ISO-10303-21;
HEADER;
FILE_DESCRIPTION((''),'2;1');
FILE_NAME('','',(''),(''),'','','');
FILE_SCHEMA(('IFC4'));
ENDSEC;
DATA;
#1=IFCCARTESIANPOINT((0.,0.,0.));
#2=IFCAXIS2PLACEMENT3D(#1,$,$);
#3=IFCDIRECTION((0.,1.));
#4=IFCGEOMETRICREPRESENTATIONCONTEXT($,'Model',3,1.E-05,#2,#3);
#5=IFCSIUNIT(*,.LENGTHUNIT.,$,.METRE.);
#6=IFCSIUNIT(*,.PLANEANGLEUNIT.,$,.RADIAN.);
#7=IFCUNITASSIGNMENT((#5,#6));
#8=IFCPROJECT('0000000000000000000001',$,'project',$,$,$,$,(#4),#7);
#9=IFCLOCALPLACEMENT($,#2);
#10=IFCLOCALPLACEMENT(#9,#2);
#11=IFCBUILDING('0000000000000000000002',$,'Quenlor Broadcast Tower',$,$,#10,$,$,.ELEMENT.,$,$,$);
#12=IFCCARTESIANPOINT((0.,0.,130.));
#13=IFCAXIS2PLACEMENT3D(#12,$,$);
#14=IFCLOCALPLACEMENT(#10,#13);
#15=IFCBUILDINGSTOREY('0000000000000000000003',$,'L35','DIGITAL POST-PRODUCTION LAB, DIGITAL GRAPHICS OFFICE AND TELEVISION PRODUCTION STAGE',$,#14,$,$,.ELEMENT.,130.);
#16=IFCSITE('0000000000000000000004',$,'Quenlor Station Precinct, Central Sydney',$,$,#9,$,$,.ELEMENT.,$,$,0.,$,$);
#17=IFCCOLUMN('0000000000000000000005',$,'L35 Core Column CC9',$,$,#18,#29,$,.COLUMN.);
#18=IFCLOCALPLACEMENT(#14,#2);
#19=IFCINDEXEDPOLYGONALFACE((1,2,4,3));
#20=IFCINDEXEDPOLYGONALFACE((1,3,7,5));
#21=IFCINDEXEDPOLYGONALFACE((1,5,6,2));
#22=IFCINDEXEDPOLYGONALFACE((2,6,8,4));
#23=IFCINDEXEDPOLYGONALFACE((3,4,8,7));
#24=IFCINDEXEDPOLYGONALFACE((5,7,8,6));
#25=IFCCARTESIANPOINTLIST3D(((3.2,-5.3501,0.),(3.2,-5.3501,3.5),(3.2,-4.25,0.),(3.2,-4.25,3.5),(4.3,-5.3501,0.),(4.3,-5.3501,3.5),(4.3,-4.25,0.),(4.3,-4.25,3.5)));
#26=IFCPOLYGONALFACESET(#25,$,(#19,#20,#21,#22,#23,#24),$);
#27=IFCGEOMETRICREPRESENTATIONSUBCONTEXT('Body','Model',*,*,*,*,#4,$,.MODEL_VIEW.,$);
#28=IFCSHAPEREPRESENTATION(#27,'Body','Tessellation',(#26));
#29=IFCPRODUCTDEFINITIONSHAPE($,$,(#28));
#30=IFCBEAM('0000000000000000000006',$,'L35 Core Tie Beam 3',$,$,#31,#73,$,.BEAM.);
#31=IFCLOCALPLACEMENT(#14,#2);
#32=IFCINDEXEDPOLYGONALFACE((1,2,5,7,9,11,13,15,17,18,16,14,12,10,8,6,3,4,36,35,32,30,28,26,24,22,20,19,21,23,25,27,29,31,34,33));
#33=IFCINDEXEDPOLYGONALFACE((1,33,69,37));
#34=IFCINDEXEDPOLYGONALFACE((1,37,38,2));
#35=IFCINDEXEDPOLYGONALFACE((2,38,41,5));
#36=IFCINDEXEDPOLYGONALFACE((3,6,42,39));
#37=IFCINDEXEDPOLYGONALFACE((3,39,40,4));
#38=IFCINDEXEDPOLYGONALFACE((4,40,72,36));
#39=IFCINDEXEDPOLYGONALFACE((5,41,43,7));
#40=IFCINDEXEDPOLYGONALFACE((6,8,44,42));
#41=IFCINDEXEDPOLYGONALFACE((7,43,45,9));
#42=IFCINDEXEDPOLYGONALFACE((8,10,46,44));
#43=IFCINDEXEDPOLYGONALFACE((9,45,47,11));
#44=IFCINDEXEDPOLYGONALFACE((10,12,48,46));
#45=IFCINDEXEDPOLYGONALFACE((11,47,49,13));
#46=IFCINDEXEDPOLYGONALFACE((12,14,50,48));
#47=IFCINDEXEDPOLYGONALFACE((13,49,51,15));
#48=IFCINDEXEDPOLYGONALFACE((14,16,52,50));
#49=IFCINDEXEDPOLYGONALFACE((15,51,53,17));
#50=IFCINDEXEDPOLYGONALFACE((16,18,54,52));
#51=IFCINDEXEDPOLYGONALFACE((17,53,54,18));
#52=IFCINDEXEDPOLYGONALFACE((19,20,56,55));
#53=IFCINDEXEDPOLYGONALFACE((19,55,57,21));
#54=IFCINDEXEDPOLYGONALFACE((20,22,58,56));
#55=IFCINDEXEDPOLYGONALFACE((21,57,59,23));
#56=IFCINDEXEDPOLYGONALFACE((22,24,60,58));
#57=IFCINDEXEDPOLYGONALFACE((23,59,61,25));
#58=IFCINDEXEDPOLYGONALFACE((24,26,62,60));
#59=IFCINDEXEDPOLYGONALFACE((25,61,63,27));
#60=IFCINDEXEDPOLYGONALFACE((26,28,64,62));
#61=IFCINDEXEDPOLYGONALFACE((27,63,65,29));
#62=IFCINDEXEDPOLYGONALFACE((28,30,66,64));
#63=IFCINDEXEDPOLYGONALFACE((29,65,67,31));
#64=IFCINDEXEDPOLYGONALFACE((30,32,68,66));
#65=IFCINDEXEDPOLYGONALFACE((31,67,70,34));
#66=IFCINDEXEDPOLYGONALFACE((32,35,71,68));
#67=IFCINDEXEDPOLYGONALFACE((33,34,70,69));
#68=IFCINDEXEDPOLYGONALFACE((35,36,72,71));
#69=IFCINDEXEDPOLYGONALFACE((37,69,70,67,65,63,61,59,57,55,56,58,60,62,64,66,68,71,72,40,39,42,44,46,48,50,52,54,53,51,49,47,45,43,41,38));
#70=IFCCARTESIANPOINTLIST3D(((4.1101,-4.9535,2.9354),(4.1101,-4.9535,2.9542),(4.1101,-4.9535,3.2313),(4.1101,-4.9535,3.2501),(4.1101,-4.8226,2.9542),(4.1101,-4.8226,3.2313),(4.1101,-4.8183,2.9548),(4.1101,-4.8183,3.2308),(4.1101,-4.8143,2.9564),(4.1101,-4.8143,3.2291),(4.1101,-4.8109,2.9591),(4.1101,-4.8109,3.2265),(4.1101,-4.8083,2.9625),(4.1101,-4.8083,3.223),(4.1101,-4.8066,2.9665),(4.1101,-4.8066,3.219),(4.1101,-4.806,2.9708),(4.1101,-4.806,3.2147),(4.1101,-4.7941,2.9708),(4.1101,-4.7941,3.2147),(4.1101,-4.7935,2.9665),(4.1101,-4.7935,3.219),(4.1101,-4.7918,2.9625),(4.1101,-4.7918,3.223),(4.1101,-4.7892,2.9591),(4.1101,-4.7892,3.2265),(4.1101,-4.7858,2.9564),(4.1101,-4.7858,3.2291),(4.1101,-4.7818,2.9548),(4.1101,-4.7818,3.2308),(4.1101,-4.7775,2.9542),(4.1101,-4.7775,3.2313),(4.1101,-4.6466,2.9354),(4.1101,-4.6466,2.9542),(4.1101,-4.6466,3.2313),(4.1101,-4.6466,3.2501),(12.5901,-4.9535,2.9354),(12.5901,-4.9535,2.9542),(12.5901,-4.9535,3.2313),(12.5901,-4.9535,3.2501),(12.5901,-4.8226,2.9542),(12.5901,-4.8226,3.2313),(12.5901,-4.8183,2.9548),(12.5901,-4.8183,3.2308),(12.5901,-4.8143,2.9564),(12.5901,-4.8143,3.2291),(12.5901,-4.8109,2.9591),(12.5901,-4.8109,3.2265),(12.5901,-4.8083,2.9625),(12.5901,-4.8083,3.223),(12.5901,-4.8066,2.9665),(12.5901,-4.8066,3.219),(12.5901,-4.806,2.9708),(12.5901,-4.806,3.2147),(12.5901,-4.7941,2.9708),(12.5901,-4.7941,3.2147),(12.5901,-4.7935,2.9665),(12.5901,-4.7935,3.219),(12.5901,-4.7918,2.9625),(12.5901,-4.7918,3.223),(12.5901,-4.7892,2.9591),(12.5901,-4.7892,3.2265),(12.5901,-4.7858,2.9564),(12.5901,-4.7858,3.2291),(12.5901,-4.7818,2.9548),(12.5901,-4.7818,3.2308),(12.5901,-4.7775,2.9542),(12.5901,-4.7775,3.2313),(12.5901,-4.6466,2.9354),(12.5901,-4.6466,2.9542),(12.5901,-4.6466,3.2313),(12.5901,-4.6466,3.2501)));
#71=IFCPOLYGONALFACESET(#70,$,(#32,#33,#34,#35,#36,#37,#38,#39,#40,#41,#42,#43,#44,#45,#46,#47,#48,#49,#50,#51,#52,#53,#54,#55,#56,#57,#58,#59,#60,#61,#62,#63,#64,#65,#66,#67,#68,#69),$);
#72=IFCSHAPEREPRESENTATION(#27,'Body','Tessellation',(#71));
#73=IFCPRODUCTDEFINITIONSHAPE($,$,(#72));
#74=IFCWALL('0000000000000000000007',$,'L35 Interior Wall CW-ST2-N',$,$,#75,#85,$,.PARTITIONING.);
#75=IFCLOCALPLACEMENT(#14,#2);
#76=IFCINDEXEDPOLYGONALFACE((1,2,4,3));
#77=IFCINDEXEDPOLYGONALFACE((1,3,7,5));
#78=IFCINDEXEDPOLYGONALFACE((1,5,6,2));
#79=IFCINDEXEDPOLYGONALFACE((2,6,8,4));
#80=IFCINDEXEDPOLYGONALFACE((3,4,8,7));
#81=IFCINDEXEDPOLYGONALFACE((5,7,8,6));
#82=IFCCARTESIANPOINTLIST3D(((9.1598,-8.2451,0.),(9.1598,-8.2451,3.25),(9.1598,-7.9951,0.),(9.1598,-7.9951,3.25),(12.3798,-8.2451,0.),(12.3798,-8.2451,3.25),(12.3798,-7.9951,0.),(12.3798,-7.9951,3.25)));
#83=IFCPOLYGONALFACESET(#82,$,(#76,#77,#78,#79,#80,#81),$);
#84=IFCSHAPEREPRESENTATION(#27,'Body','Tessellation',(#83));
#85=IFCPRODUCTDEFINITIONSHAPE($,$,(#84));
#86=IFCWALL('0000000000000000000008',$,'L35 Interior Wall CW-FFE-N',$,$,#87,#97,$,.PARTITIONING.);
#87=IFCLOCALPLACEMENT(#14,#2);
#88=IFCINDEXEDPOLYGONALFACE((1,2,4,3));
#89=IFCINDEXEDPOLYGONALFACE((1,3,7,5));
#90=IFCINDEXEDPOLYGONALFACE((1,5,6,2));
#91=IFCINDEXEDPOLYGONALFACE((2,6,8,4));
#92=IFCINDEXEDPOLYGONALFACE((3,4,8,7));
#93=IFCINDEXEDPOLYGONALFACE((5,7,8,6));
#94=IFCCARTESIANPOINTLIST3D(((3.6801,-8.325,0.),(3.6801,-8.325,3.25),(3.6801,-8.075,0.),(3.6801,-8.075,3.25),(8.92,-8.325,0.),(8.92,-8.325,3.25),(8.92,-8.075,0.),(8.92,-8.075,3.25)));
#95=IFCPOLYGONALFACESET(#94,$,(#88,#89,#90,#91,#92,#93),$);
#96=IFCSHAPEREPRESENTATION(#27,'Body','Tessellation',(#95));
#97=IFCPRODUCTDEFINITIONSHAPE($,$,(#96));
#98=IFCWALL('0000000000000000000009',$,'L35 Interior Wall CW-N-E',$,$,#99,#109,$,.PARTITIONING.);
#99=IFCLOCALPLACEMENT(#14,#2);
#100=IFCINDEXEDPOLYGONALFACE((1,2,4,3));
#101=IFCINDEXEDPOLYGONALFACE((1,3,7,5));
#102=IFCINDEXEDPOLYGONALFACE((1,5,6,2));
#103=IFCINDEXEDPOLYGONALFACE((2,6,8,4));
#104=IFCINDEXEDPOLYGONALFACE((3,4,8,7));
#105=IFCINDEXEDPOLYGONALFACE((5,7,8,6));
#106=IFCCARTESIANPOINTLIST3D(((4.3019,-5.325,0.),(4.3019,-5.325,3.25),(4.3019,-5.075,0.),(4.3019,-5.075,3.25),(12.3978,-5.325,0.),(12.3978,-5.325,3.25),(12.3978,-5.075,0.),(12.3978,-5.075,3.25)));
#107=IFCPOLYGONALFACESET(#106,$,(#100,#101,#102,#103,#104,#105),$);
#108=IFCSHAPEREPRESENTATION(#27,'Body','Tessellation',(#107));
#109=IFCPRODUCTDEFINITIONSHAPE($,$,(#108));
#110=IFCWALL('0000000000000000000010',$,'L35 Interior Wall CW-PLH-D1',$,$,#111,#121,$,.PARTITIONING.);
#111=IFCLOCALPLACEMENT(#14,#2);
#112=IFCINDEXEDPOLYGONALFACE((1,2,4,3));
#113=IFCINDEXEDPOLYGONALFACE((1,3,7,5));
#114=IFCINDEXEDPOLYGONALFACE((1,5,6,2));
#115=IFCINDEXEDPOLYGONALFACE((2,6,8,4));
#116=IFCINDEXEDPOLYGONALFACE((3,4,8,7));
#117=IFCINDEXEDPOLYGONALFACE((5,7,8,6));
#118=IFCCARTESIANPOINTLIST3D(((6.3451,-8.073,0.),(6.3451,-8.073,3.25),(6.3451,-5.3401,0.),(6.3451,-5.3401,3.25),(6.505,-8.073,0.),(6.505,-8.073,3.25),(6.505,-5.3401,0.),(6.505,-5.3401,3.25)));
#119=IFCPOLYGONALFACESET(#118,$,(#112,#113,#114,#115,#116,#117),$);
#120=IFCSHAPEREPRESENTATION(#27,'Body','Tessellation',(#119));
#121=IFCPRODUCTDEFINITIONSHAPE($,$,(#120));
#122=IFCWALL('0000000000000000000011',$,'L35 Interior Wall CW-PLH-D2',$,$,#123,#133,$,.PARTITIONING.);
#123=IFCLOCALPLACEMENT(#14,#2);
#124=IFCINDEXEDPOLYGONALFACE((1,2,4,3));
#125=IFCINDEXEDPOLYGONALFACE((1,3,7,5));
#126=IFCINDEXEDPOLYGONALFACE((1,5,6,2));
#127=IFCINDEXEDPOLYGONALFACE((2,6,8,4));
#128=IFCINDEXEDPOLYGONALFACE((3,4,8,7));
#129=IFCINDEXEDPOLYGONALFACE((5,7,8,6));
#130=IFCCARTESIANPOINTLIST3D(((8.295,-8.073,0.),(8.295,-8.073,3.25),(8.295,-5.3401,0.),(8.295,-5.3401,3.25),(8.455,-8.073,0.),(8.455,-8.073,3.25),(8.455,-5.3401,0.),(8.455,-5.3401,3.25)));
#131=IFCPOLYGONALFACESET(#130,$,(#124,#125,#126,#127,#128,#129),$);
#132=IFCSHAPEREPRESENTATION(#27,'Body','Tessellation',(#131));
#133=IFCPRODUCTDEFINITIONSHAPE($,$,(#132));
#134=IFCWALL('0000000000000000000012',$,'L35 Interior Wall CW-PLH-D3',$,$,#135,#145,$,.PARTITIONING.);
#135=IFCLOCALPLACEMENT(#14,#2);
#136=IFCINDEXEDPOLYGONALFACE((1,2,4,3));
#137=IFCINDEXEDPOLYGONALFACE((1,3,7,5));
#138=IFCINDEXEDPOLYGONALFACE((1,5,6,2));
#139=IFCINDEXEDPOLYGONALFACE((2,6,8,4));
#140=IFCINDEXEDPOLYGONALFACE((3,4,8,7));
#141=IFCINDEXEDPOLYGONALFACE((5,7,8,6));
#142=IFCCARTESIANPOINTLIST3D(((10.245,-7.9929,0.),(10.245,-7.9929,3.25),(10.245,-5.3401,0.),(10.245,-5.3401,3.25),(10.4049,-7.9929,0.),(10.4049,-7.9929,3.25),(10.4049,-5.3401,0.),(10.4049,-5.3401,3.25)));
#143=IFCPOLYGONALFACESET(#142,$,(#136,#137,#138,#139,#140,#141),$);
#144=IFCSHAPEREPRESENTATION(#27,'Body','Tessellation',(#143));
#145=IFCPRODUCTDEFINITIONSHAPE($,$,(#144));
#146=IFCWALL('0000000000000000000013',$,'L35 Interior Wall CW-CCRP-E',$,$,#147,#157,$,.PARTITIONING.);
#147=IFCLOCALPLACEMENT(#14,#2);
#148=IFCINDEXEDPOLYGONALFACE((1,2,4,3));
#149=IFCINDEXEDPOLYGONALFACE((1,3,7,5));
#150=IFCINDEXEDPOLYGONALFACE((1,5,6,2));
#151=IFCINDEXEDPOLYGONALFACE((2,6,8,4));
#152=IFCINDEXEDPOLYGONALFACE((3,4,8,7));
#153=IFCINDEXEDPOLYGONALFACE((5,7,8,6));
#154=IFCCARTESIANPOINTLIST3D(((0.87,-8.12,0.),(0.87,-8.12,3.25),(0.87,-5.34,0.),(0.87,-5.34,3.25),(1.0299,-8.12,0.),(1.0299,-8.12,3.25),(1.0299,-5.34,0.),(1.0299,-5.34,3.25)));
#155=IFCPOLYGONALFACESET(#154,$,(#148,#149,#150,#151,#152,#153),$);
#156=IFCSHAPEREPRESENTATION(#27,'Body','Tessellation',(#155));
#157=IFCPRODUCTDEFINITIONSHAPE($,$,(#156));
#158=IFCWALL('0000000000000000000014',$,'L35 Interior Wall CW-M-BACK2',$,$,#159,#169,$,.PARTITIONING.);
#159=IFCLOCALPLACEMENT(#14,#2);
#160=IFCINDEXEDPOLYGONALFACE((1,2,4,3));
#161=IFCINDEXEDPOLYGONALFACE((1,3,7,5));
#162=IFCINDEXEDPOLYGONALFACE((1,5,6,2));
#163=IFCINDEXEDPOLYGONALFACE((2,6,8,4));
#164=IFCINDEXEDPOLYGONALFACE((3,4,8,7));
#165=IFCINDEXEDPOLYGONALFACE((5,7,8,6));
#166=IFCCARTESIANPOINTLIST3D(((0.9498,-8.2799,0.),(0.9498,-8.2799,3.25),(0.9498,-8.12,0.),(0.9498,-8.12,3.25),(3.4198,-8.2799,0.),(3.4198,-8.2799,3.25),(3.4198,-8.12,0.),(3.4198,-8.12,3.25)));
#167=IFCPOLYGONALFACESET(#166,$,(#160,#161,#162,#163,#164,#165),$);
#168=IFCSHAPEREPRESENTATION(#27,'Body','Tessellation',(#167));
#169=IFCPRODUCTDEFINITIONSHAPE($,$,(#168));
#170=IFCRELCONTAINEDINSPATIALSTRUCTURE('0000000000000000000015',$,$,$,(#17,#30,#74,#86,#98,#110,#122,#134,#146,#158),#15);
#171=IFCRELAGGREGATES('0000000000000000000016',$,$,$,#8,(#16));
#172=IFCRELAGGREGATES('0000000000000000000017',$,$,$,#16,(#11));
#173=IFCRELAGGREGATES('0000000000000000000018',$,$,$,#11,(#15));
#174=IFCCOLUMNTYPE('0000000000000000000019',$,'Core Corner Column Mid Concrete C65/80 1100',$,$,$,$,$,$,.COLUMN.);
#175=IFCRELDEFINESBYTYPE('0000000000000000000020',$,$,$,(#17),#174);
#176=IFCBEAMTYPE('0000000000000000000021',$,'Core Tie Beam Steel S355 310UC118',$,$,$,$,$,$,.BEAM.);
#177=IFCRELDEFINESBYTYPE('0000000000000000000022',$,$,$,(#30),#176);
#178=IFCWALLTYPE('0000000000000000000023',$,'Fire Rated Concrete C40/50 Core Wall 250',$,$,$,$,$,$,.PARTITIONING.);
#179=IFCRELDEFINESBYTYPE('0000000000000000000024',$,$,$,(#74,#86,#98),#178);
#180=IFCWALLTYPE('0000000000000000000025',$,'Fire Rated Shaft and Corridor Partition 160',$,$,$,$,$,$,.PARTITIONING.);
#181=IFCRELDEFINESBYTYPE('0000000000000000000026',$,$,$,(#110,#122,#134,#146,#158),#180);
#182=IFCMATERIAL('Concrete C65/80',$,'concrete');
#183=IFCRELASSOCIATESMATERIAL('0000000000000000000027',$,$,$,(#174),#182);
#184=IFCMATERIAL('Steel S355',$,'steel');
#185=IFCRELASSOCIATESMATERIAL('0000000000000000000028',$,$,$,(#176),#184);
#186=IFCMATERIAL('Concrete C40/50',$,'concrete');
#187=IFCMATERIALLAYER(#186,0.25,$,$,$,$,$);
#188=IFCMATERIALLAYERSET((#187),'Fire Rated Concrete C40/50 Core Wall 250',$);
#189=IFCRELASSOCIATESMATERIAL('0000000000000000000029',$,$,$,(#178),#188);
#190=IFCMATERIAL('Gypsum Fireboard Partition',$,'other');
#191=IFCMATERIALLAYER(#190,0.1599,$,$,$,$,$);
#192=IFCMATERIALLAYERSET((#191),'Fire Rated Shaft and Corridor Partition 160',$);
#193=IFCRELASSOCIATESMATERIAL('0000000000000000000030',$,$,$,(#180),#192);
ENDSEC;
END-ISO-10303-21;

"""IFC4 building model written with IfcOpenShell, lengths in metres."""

from ifc_helpers import new_model, si_unit, direction, frame, frame_2d, origin, origin_2d, place, context, subcontext, project, spatial, rectangle, i_section, extrude, material, layer, layer_set, material_profile, profile_set, type_object, element, save


model = new_model("IFC4")

# Units and contexts
model_context = context("Model", 3, precision=1e-05, world=origin(), true_north=direction((0.0, 1.0)))
body_context = subcontext(model_context, "Body", "Model", "MODEL_VIEW")
ifc_project = project(units=[si_unit("LENGTHUNIT", "METRE"), si_unit("PLANEANGLEUNIT", "RADIAN")], contexts=[model_context])

# Site, building, storey
site_placement = place(None, origin())
site = spatial("IfcSite", under=ifc_project, at=site_placement, Name="Quenlor Station Precinct, Central Sydney", CompositionType="ELEMENT", RefElevation=0.0)
building_placement = place(site_placement, origin())
building = spatial("IfcBuilding", under=site, at=building_placement, Name="Quenlor Broadcast Tower", CompositionType="ELEMENT")
storey_placement = place(building_placement, frame((0.0, 0.0, 130.0)))
storey = spatial("IfcBuildingStorey", under=building, at=storey_placement, Name="L35", Description="DIGITAL POST-PRODUCTION LAB, DIGITAL GRAPHICS OFFICE AND TELEVISION PRODUCTION STAGE", CompositionType="ELEMENT", Elevation=130.0)

# Column
ifc_material_1 = material(Name="Concrete C65/80", Category="concrete")
ifc_material_profile_1 = material_profile(ifc_material_1, rectangle(XDim=1.1001, YDim=1.1001, at=origin_2d()))
ifc_profile_set_1 = profile_set([ifc_material_profile_1], Name="Concrete C65/80 RC1100x1100")
column_type = type_object("IfcColumnType", Name="Core Corner Column Mid Concrete C65/80 1100", PredefinedType="COLUMN", material=ifc_profile_set_1)
column_placement = place(storey_placement, frame((3.75, -4.8, 0.0), z_axis=(0.0, 0.0, 1.0), x_axis=(1.0, 0.0, 0.0)))
element("IfcColumn", 1, at=column_placement, inside=storey, type_object=column_type, Name="L35 Core Column CC9", PredefinedType="COLUMN", context=body_context, shape_type="SweptSolid", body=[
    extrude(rectangle(XDim=1.1001, YDim=1.1001, at=origin_2d()), origin(), (0.0, 0.0, 1.0), 3.5),
])

# Beam
ifc_material_2 = material(Name="Steel S355", Category="steel")
ifc_material_profile_2 = material_profile(ifc_material_2, i_section(OverallWidth=0.3069, OverallDepth=0.3147, WebThickness=0.012, FlangeThickness=0.0188, FilletRadius=0.0166, at=origin_2d()))
ifc_profile_set_2 = profile_set([ifc_material_profile_2], Name="Steel S355 310UC118")
beam_type = type_object("IfcBeamType", Name="Core Tie Beam Steel S355 310UC118", PredefinedType="BEAM", material=ifc_profile_set_2)
beam_placement = place(storey_placement, frame((4.1101, -4.8, 3.0928), z_axis=(1.0, 0.0, 0.0), x_axis=(0.0, 1.0, 0.0)))
element("IfcBeam", 2, at=beam_placement, inside=storey, type_object=beam_type, Name="L35 Core Tie Beam 3", PredefinedType="BEAM", context=body_context, shape_type="SweptSolid", body=[
    extrude(i_section(OverallWidth=0.3069, OverallDepth=0.3147, WebThickness=0.012, FlangeThickness=0.0188, FilletRadius=0.0166, at=origin_2d()), origin(), (0.0, 0.0, 1.0), 8.48),
])

# Walls
ifc_material_3 = material(Name="Concrete C40/50", Category="concrete")
ifc_layer_1 = layer(ifc_material_3, 0.25)
ifc_layer_set_1 = layer_set([ifc_layer_1], Name="Fire Rated Concrete C40/50 Core Wall 250")
wall_type_1 = type_object("IfcWallType", Name="Fire Rated Concrete C40/50 Core Wall 250", PredefinedType="PARTITIONING", material=ifc_layer_set_1)
wall_1_placement = place(storey_placement, frame((9.1599, -8.1201, 0.0), z_axis=(0.0, 0.0, 1.0), x_axis=(1.0, 0.0, 0.0)))
element("IfcWall", 3, at=wall_1_placement, inside=storey, type_object=wall_type_1, Name="L35 Interior Wall CW-ST2-N", PredefinedType="PARTITIONING", context=body_context, shape_type="SweptSolid", body=[
    extrude(rectangle(XDim=3.22, YDim=0.25, at=frame_2d((1.6099, 0.0))), origin(), (0.0, 0.0, 1.0), 3.25),
])
wall_2_placement = place(storey_placement, frame((3.6799, -8.2, 0.0), z_axis=(0.0, 0.0, 1.0), x_axis=(1.0, 0.0, 0.0)))
element("IfcWall", 4, at=wall_2_placement, inside=storey, type_object=wall_type_1, Name="L35 Interior Wall CW-FFE-N", PredefinedType="PARTITIONING", context=body_context, shape_type="SweptSolid", body=[
    extrude(rectangle(XDim=5.24, YDim=0.25, at=frame_2d((2.6201, 0.0))), origin(), (0.0, 0.0, 1.0), 3.25),
])
wall_3_placement = place(storey_placement, frame((4.302, -5.2, 0.0), z_axis=(0.0, 0.0, 1.0), x_axis=(1.0, 0.0, 0.0)))
element("IfcWall", 5, at=wall_3_placement, inside=storey, type_object=wall_type_1, Name="L35 Interior Wall CW-N-E", PredefinedType="PARTITIONING", context=body_context, shape_type="SweptSolid", body=[
    extrude(rectangle(XDim=8.0959, YDim=0.25, at=frame_2d((4.0479, 0.0))), origin(), (0.0, 0.0, 1.0), 3.25),
])

# Walls
ifc_material_4 = material(Name="Gypsum Fireboard Partition", Category="other")
ifc_layer_2 = layer(ifc_material_4, 0.1599)
ifc_layer_set_2 = layer_set([ifc_layer_2], Name="Fire Rated Shaft and Corridor Partition 160")
wall_type_2 = type_object("IfcWallType", Name="Fire Rated Shaft and Corridor Partition 160", PredefinedType="PARTITIONING", material=ifc_layer_set_2)
for number, where, z_axis, x_axis, name in (
    (6, (6.425, -8.073, 0.0), (0.0, 0.0, 1.0), (0.0, 1.0, 0.0), "L35 Interior Wall CW-PLH-D1"),
    (7, (8.375, -8.073, 0.0), (0.0, 0.0, 1.0), (0.0, 1.0, 0.0), "L35 Interior Wall CW-PLH-D2"),
):
    element("IfcWall", number, at=place(storey_placement, frame(where, z_axis=z_axis, x_axis=x_axis)), inside=storey, type_object=wall_type_2, Name=name, PredefinedType="PARTITIONING", context=body_context, shape_type="SweptSolid", body=[
        extrude(rectangle(XDim=2.7329, YDim=0.1599, at=frame_2d((1.3665, 0.0))), origin(), (0.0, 0.0, 1.0), 3.25),
    ])
wall_4_placement = place(storey_placement, frame((10.325, -7.9929, 0.0), z_axis=(0.0, 0.0, 1.0), x_axis=(0.0, 1.0, 0.0)))
element("IfcWall", 8, at=wall_4_placement, inside=storey, type_object=wall_type_2, Name="L35 Interior Wall CW-PLH-D3", PredefinedType="PARTITIONING", context=body_context, shape_type="SweptSolid", body=[
    extrude(rectangle(XDim=2.6528, YDim=0.1599, at=frame_2d((1.3264, 0.0))), origin(), (0.0, 0.0, 1.0), 3.25),
])
wall_5_placement = place(storey_placement, frame((0.95, -8.1201, 0.0), z_axis=(0.0, 0.0, 1.0), x_axis=(0.0, 1.0, 0.0)))
element("IfcWall", 9, at=wall_5_placement, inside=storey, type_object=wall_type_2, Name="L35 Interior Wall CW-CCRP-E", PredefinedType="PARTITIONING", context=body_context, shape_type="SweptSolid", body=[
    extrude(rectangle(XDim=2.78, YDim=0.1599, at=frame_2d((1.3901, 0.0))), origin(), (0.0, 0.0, 1.0), 3.25),
])
wall_6_placement = place(storey_placement, frame((0.95, -8.2, 0.0), z_axis=(0.0, 0.0, 1.0), x_axis=(1.0, 0.0, 0.0)))
element("IfcWall", 10, at=wall_6_placement, inside=storey, type_object=wall_type_2, Name="L35 Interior Wall CW-M-BACK2", PredefinedType="PARTITIONING", context=body_context, shape_type="SweptSolid", body=[
    extrude(rectangle(XDim=2.47, YDim=0.1599, at=frame_2d((1.2349, 0.0))), origin(), (0.0, 0.0, 1.0), 3.25),
])

save(model, "model.ifc")
